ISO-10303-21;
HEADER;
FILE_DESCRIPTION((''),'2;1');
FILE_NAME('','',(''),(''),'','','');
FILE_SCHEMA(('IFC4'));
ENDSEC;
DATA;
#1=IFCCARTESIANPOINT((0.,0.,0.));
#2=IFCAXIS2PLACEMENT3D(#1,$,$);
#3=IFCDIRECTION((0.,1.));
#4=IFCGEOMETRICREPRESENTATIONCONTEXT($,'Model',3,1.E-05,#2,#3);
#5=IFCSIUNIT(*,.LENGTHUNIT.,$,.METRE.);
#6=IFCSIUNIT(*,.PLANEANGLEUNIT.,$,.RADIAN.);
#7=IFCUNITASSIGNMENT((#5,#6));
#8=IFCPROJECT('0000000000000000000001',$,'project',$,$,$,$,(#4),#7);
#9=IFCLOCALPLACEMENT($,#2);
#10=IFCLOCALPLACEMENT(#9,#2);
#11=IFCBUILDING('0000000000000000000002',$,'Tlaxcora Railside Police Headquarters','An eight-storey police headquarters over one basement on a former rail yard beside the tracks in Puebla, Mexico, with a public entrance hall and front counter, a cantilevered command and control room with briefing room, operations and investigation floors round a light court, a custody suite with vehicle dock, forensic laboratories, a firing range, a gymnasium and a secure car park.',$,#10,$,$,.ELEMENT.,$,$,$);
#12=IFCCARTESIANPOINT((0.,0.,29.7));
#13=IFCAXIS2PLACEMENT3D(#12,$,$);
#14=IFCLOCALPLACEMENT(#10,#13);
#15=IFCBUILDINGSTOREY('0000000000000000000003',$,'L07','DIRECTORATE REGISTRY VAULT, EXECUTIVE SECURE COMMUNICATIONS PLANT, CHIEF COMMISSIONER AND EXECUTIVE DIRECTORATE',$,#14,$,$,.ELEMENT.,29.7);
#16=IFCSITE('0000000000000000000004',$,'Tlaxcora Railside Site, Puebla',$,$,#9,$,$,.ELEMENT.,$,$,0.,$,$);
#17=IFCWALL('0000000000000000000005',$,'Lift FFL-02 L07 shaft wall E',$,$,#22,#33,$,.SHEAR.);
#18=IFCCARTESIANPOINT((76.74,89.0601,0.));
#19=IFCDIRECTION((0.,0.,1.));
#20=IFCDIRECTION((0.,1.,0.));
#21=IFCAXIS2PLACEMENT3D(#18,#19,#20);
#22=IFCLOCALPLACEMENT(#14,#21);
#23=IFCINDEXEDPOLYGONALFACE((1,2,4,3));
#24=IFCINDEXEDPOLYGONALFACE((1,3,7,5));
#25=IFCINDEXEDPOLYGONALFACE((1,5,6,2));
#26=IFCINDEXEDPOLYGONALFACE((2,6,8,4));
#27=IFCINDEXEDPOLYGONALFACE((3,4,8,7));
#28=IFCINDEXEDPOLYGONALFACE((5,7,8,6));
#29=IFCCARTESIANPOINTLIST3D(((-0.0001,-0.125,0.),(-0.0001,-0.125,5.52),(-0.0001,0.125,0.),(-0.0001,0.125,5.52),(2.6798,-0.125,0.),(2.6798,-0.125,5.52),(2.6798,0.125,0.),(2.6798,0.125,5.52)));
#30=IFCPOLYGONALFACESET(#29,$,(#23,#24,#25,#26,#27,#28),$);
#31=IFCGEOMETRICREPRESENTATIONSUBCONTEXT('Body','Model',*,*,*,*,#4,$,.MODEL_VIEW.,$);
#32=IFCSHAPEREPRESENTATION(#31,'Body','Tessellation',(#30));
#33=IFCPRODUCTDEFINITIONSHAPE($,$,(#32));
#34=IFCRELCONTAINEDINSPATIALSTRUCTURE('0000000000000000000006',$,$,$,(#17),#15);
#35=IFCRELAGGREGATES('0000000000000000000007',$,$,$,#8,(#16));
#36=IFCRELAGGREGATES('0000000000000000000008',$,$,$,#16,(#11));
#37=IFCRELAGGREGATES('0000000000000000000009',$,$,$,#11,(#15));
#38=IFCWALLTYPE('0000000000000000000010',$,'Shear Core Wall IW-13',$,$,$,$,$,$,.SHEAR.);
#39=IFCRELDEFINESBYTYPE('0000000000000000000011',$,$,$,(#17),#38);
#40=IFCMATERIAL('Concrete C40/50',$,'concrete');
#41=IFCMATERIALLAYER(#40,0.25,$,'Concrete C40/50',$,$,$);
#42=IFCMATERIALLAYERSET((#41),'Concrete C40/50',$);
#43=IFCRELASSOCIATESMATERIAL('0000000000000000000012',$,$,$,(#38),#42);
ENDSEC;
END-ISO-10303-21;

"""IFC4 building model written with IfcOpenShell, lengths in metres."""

from ifc_helpers import new_model, si_unit, direction, frame, frame_2d, origin, place, context, subcontext, project, spatial, rectangle, extrude, material, layer, layer_set, type_object, element, save


model = new_model("IFC4")

# Units and contexts
model_context = context("Model", 3, precision=1e-05, world=origin(), true_north=direction((0.0, 1.0)))
body_context = subcontext(model_context, "Body", "Model", "MODEL_VIEW")
ifc_project = project(units=[si_unit("LENGTHUNIT", "METRE"), si_unit("PLANEANGLEUNIT", "RADIAN")], contexts=[model_context])

# Site, building, storey
site_placement = place(None, origin())
site = spatial("IfcSite", under=ifc_project, at=site_placement, Name="Tlaxcora Railside Site, Puebla", CompositionType="ELEMENT", RefElevation=0.0)
building_placement = place(site_placement, origin())
building = spatial("IfcBuilding", under=site, at=building_placement, Name="Tlaxcora Railside Police Headquarters", Description="An eight-storey police headquarters over one basement on a former rail yard beside the tracks in Puebla, Mexico, with a public entrance hall and front counter, a cantilevered command and control room with briefing room, operations and investigation floors round a light court, a custody suite with vehicle dock, forensic laboratories, a firing range, a gymnasium and a secure car park.", CompositionType="ELEMENT")
storey_placement = place(building_placement, frame((0.0, 0.0, 29.7)))
storey = spatial("IfcBuildingStorey", under=building, at=storey_placement, Name="L07", Description="DIRECTORATE REGISTRY VAULT, EXECUTIVE SECURE COMMUNICATIONS PLANT, CHIEF COMMISSIONER AND EXECUTIVE DIRECTORATE", CompositionType="ELEMENT", Elevation=29.7)

# Shared definitions
ifc_material_1 = material(Name="Concrete C40/50", Category="concrete")

# Shared definitions
ifc_layer_1 = layer(ifc_material_1, 0.25, Name="Concrete C40/50")
ifc_layer_set_1 = layer_set([ifc_layer_1], Name="Concrete C40/50")
wall_type_1 = type_object("IfcWallType", Name="Shear Core Wall IW-13", PredefinedType="SHEAR", material=ifc_layer_set_1)

# Wall
wall_1_placement = place(storey_placement, frame((76.74, 89.0601, 0.0), z_axis=(0.0, 0.0, 1.0), x_axis=(0.0, 1.0, 0.0)))
element("IfcWall", 1, at=wall_1_placement, inside=storey, type_object=wall_type_1, Name="Lift FFL-02 L07 shaft wall E", PredefinedType="SHEAR", context=body_context, shape_type="SweptSolid", body=[
    extrude(rectangle(XDim=2.6799, YDim=0.25, at=frame_2d((1.3398, 0.0))), origin(), (0.0, 0.0, 1.0), 5.52),
])

save(model, "model.ifc")
